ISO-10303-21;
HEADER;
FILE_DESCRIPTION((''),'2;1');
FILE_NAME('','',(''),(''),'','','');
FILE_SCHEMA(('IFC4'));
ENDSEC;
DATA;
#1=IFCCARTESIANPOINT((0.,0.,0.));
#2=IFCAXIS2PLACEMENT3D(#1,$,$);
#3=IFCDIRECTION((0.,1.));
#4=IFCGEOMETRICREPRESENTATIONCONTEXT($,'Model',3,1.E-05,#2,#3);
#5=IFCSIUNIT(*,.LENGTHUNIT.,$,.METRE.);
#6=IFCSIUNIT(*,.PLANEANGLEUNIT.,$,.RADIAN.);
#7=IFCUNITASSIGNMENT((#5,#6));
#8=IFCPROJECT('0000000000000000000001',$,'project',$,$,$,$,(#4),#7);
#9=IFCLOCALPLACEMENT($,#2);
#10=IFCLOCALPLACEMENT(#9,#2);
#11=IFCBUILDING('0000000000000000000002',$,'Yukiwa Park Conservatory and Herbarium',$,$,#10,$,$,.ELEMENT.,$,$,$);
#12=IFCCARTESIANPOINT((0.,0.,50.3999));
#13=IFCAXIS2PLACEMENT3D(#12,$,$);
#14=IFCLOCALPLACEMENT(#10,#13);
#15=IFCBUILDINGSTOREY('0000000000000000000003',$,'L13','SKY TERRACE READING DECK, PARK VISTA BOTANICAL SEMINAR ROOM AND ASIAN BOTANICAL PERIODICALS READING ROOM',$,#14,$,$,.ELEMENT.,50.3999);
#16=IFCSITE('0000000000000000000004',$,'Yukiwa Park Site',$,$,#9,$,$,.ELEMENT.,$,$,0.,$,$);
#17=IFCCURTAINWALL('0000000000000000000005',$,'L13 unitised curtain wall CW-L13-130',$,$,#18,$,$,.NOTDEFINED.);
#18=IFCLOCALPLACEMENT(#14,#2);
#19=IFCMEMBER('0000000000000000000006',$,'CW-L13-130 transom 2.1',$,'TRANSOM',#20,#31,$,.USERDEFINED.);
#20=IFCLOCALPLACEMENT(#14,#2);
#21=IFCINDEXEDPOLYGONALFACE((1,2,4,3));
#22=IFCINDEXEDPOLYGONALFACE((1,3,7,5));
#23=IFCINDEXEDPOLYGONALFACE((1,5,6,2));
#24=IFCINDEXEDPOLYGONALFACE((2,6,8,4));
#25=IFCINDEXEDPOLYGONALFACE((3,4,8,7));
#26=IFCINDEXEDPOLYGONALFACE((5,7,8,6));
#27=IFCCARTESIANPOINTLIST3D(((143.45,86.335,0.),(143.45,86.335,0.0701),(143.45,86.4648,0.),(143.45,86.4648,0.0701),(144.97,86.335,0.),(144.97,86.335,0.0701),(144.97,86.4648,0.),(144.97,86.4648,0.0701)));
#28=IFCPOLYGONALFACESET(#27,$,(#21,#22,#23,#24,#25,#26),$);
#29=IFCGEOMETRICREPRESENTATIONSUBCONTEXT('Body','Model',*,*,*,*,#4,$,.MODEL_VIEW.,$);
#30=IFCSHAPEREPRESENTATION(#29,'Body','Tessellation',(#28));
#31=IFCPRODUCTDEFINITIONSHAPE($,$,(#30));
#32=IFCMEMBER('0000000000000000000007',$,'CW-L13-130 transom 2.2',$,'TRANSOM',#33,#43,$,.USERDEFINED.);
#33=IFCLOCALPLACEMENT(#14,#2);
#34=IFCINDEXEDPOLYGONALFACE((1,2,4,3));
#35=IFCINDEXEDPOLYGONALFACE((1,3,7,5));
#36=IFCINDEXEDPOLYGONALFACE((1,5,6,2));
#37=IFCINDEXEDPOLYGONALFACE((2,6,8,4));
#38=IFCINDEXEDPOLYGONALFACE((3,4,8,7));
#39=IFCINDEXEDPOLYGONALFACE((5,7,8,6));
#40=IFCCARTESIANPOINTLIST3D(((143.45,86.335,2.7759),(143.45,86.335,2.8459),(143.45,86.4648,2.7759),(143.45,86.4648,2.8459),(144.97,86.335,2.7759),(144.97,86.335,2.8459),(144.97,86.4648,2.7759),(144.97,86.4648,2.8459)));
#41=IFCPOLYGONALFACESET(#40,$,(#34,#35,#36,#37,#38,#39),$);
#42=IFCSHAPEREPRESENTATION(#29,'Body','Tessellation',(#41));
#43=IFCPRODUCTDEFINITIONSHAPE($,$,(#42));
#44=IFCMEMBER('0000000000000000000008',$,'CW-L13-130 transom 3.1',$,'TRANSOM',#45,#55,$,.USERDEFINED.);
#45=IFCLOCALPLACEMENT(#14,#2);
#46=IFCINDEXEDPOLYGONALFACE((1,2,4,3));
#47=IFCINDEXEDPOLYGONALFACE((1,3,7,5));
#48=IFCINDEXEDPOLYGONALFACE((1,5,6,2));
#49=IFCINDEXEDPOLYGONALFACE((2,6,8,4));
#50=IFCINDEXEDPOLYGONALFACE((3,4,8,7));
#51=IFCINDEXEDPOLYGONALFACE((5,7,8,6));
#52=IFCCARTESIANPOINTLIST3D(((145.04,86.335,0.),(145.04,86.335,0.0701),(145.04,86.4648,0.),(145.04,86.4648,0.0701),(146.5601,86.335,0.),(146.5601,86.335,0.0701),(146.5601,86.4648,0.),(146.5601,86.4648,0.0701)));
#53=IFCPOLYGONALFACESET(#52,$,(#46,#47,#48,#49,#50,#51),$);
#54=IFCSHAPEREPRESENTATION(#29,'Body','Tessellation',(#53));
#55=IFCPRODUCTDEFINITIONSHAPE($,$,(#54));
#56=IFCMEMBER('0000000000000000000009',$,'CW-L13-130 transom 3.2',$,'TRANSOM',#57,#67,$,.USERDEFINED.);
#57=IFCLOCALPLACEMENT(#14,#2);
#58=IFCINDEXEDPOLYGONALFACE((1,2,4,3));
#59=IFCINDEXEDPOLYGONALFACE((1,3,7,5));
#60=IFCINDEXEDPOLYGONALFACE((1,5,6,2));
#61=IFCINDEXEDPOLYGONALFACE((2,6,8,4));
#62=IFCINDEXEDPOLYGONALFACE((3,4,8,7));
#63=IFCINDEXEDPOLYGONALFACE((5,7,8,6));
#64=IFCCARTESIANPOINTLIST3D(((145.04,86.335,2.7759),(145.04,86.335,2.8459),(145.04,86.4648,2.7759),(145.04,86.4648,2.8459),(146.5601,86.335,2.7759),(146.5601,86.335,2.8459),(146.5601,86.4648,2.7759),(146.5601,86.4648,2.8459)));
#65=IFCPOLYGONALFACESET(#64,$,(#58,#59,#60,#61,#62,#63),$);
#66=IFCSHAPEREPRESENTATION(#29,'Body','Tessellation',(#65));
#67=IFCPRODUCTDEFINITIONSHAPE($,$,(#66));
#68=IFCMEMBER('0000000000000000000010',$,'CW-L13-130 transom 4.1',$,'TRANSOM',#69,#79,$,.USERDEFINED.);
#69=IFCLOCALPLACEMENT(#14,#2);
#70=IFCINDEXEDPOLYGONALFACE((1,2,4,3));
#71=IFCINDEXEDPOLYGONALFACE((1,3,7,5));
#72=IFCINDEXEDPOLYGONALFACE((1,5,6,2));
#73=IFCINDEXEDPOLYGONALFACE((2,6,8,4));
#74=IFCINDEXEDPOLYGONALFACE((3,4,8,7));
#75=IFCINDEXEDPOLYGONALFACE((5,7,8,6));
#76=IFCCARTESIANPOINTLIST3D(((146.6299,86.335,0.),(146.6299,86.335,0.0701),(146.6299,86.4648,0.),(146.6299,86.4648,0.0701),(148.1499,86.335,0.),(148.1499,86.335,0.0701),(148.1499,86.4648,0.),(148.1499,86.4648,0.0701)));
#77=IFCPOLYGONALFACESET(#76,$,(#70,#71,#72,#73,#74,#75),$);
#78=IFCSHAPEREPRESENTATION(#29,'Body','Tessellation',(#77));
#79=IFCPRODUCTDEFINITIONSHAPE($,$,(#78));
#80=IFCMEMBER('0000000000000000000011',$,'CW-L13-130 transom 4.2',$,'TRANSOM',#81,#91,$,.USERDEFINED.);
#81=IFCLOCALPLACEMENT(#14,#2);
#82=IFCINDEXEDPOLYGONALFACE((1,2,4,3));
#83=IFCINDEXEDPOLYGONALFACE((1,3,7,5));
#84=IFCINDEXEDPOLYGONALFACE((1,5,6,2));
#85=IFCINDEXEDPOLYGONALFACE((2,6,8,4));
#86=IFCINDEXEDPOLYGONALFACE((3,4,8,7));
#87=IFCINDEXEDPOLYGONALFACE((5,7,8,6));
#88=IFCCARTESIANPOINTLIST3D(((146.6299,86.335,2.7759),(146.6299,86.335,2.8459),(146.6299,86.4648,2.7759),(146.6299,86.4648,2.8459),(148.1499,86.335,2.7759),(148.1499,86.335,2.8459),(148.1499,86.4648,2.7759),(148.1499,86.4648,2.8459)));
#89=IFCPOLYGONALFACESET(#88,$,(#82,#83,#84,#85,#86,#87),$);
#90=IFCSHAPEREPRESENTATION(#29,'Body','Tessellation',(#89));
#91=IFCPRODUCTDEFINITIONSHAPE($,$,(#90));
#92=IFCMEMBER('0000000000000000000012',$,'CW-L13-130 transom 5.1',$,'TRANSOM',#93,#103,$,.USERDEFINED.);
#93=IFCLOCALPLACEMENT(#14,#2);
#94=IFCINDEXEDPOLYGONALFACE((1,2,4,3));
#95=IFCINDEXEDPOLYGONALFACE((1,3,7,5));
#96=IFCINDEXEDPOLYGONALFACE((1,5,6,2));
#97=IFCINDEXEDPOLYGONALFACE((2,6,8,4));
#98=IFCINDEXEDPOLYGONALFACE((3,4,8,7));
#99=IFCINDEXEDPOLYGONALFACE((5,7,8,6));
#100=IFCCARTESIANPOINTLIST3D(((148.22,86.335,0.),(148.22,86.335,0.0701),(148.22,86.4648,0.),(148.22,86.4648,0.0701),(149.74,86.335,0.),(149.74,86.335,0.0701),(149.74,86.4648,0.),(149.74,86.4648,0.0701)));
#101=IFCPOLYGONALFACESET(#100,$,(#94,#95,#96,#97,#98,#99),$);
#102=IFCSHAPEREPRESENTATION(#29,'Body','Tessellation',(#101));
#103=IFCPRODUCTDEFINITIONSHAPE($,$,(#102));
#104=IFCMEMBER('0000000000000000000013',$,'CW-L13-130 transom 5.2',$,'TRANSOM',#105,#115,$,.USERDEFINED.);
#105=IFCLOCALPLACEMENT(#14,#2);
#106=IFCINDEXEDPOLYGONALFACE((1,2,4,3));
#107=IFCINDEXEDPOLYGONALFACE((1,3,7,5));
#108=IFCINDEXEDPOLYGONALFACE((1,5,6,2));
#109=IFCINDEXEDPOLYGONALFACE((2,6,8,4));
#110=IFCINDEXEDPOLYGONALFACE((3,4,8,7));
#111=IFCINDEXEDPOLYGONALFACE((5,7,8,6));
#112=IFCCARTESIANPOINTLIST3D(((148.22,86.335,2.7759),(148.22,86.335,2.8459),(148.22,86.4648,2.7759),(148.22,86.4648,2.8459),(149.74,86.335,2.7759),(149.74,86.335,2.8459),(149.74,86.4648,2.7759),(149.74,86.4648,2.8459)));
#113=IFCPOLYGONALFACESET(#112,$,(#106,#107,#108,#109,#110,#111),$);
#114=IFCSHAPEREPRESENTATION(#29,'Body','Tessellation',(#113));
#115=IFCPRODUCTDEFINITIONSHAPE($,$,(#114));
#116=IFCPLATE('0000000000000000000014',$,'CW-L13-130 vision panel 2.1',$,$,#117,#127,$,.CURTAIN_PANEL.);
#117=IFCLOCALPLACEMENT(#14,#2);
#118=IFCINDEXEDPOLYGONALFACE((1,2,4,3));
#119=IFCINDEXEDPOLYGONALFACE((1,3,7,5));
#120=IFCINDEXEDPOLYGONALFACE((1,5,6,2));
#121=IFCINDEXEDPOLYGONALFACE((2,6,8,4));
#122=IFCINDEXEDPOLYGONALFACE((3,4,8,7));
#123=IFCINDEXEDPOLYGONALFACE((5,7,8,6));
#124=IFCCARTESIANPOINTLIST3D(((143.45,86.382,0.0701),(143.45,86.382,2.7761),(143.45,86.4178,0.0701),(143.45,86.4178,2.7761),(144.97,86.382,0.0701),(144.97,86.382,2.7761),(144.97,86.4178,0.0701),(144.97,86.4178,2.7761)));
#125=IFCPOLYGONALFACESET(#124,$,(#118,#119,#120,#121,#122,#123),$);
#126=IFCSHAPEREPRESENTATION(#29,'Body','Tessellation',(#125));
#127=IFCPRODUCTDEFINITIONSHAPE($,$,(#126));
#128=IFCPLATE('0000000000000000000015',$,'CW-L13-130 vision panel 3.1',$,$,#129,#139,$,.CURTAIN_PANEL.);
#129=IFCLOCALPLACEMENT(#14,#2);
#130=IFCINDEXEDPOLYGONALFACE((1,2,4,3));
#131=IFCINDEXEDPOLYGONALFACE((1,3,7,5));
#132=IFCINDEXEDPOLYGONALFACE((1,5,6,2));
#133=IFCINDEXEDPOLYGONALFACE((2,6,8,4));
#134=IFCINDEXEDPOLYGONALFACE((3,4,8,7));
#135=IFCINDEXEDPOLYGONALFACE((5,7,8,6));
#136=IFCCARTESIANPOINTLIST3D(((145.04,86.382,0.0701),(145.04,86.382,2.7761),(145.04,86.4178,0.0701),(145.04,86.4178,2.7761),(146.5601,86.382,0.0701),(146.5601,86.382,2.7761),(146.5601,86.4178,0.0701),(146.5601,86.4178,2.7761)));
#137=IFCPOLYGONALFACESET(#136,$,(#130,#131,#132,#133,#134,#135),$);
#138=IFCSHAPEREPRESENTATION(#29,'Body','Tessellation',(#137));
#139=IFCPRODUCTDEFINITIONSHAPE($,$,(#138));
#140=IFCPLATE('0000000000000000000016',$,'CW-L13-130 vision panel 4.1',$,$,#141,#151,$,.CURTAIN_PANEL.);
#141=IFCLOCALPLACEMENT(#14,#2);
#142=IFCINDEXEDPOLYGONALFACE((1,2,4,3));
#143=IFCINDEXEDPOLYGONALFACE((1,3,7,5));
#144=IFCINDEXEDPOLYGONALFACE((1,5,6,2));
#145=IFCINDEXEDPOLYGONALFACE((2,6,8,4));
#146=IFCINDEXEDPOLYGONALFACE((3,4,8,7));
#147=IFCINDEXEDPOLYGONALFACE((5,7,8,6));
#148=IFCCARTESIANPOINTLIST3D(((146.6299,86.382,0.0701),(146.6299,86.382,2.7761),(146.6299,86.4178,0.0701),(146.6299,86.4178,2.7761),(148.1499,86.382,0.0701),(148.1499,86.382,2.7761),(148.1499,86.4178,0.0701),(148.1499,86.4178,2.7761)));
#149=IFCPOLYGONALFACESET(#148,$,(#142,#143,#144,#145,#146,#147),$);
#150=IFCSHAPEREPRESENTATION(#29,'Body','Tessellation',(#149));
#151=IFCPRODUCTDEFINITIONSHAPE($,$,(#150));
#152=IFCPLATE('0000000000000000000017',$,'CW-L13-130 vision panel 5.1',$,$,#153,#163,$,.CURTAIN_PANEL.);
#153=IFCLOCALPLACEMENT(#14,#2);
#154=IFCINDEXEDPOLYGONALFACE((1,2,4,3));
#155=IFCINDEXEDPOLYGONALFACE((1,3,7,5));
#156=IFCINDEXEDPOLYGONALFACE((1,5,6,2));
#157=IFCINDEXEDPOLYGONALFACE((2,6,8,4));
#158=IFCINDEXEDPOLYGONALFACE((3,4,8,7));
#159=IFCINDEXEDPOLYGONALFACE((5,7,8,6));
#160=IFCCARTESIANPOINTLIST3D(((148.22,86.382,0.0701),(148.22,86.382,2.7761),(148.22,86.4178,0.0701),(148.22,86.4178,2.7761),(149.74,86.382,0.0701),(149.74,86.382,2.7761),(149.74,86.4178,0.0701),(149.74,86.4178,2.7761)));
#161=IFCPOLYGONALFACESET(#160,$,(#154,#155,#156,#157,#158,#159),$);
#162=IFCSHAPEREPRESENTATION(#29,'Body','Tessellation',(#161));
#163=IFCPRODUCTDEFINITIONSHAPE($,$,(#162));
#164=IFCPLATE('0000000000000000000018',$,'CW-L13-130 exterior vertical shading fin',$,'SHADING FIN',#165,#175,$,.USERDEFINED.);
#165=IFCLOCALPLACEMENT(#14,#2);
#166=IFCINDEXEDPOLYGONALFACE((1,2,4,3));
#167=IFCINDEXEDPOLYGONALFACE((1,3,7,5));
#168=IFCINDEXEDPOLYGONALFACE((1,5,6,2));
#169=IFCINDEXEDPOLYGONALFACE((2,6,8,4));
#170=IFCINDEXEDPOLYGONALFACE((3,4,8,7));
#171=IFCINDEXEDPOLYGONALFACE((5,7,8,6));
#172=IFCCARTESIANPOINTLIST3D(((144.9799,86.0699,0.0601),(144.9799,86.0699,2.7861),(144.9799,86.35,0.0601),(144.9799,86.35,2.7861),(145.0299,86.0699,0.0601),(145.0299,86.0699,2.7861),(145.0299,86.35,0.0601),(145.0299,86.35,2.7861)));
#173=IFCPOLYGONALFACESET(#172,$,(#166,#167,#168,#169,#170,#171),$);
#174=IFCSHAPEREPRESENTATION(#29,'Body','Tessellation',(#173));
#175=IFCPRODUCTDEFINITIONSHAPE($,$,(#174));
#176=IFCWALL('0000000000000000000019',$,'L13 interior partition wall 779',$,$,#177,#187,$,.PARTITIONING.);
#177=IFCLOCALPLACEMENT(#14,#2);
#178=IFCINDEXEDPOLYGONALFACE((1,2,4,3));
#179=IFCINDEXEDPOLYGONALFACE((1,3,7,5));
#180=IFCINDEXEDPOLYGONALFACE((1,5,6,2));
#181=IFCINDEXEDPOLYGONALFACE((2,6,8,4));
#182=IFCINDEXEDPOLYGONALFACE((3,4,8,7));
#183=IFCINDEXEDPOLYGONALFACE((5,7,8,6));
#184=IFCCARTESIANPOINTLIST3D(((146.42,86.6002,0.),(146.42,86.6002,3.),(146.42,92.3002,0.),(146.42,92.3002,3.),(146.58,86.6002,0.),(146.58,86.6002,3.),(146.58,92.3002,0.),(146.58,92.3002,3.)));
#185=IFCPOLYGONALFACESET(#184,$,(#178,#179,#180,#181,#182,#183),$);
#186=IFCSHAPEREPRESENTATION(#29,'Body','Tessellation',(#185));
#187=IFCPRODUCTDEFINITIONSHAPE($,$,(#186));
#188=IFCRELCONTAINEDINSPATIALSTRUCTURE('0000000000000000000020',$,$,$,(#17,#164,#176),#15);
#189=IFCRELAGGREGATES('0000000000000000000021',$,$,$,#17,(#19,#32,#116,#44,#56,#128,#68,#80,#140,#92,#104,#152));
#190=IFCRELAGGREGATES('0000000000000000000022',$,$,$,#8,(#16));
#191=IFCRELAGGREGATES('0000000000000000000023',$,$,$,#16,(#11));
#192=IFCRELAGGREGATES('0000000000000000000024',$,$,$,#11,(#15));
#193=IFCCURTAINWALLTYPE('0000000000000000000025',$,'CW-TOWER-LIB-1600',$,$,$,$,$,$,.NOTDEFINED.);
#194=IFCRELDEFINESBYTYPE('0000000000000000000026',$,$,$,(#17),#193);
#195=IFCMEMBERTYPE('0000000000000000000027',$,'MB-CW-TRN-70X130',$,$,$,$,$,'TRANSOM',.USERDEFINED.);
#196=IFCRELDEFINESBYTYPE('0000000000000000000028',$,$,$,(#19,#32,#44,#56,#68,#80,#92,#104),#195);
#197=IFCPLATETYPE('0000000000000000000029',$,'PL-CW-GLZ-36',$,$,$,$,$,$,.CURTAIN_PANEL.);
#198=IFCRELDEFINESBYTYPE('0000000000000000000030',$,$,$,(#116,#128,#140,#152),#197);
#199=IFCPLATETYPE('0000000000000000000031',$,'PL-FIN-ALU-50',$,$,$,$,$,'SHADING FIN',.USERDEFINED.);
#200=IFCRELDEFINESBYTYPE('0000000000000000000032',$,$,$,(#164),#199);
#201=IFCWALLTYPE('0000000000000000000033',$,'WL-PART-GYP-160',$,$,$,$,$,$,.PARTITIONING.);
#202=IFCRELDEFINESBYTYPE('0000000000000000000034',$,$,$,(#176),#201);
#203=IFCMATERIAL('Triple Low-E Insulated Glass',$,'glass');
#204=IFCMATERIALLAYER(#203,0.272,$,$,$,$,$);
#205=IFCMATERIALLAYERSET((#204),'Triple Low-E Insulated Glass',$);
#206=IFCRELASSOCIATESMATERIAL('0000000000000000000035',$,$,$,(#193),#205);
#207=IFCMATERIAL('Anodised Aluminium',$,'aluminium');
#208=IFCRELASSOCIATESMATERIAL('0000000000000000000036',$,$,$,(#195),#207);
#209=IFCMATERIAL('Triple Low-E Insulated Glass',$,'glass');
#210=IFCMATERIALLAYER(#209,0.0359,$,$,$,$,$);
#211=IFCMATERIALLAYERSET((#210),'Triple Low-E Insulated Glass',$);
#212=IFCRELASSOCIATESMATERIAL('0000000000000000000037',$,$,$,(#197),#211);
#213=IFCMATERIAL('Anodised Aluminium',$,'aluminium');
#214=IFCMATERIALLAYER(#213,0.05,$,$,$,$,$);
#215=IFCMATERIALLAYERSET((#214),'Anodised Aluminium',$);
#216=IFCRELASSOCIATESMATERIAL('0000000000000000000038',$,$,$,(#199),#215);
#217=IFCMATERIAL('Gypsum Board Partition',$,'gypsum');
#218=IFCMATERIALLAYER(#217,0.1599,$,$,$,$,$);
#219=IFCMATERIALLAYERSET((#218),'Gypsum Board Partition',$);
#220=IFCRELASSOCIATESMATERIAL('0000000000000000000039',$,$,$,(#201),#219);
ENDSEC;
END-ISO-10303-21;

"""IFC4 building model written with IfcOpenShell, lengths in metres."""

from ifc_helpers import new_model, si_unit, direction, frame, frame_2d, origin, origin_2d, place, context, subcontext, project, spatial, rectangle, extrude, material, layer, layer_set, type_object, element, aggregate, save


model = new_model("IFC4")

# Units and contexts
model_context = context("Model", 3, precision=1e-05, world=origin(), true_north=direction((0.0, 1.0)))
body_context = subcontext(model_context, "Body", "Model", "MODEL_VIEW")
ifc_project = project(units=[si_unit("LENGTHUNIT", "METRE"), si_unit("PLANEANGLEUNIT", "RADIAN")], contexts=[model_context])

# Site, building, storey
site_placement = place(None, origin())
site = spatial("IfcSite", under=ifc_project, at=site_placement, Name="Yukiwa Park Site", CompositionType="ELEMENT", RefElevation=0.0)
building_placement = place(site_placement, origin())
building = spatial("IfcBuilding", under=site, at=building_placement, Name="Yukiwa Park Conservatory and Herbarium", CompositionType="ELEMENT")
storey_placement = place(building_placement, frame((0.0, 0.0, 50.3999)))
storey = spatial("IfcBuildingStorey", under=building, at=storey_placement, Name="L13", Description="SKY TERRACE READING DECK, PARK VISTA BOTANICAL SEMINAR ROOM AND ASIAN BOTANICAL PERIODICALS READING ROOM", CompositionType="ELEMENT", Elevation=50.3999)

# Curtain wall, members, plates
ifc_material_1 = material(Name="Triple Low-E Insulated Glass", Category="glass")
ifc_layer_1 = layer(ifc_material_1, 0.272)
ifc_layer_set_1 = layer_set([ifc_layer_1], Name="Triple Low-E Insulated Glass")
curtain_wall_type = type_object("IfcCurtainWallType", Name="CW-TOWER-LIB-1600", PredefinedType="NOTDEFINED", material=ifc_layer_set_1)
curtain_wall_placement = place(storey_placement, origin())
curtain_wall = element("IfcCurtainWall", 1, at=curtain_wall_placement, inside=storey, type_object=curtain_wall_type, Name="L13 unitised curtain wall CW-L13-130", PredefinedType="NOTDEFINED")
ifc_material_2 = material(Name="Anodised Aluminium", Category="aluminium")
member_type_1 = type_object("IfcMemberType", Name="MB-CW-TRN-70X130", ElementType="TRANSOM", PredefinedType="USERDEFINED", material=ifc_material_2)
member_1_placement = place(storey_placement, frame((144.21, 86.3999, 0.0), z_axis=(0.0, 0.0, 1.0), x_axis=(1.0, 0.0, 0.0)))
member_1 = element("IfcMember", 2, at=member_1_placement, type_object=member_type_1, Name="CW-L13-130 transom 2.1", ObjectType="TRANSOM", PredefinedType="USERDEFINED", context=body_context, shape_type="SweptSolid", body=[
    extrude(rectangle(XDim=1.52, YDim=0.1299, at=origin_2d()), origin(), (0.0, 0.0, 1.0), 0.0701),
])
member_2_placement = place(storey_placement, frame((144.21, 86.3999, 2.7759), z_axis=(0.0, 0.0, 1.0), x_axis=(1.0, 0.0, 0.0)))
member_2 = element("IfcMember", 3, at=member_2_placement, type_object=member_type_1, Name="CW-L13-130 transom 2.2", ObjectType="TRANSOM", PredefinedType="USERDEFINED", context=body_context, shape_type="SweptSolid", body=[
    extrude(rectangle(XDim=1.52, YDim=0.1299, at=origin_2d()), origin(), (0.0, 0.0, 1.0), 0.0701),
])
member_3_placement = place(storey_placement, frame((145.8, 86.3999, 0.0), z_axis=(0.0, 0.0, 1.0), x_axis=(1.0, 0.0, 0.0)))
member_3 = element("IfcMember", 4, at=member_3_placement, type_object=member_type_1, Name="CW-L13-130 transom 3.1", ObjectType="TRANSOM", PredefinedType="USERDEFINED", context=body_context, shape_type="SweptSolid", body=[
    extrude(rectangle(XDim=1.52, YDim=0.1299, at=origin_2d()), origin(), (0.0, 0.0, 1.0), 0.0701),
])
member_4_placement = place(storey_placement, frame((145.8, 86.3999, 2.7759), z_axis=(0.0, 0.0, 1.0), x_axis=(1.0, 0.0, 0.0)))
member_4 = element("IfcMember", 5, at=member_4_placement, type_object=member_type_1, Name="CW-L13-130 transom 3.2", ObjectType="TRANSOM", PredefinedType="USERDEFINED", context=body_context, shape_type="SweptSolid", body=[
    extrude(rectangle(XDim=1.52, YDim=0.1299, at=origin_2d()), origin(), (0.0, 0.0, 1.0), 0.0701),
])
member_5_placement = place(storey_placement, frame((147.3899, 86.3999, 0.0), z_axis=(0.0, 0.0, 1.0), x_axis=(1.0, 0.0, 0.0)))
member_5 = element("IfcMember", 6, at=member_5_placement, type_object=member_type_1, Name="CW-L13-130 transom 4.1", ObjectType="TRANSOM", PredefinedType="USERDEFINED", context=body_context, shape_type="SweptSolid", body=[
    extrude(rectangle(XDim=1.52, YDim=0.1299, at=origin_2d()), origin(), (0.0, 0.0, 1.0), 0.0701),
])
member_6_placement = place(storey_placement, frame((147.3899, 86.3999, 2.7759), z_axis=(0.0, 0.0, 1.0), x_axis=(1.0, 0.0, 0.0)))
member_6 = element("IfcMember", 7, at=member_6_placement, type_object=member_type_1, Name="CW-L13-130 transom 4.2", ObjectType="TRANSOM", PredefinedType="USERDEFINED", context=body_context, shape_type="SweptSolid", body=[
    extrude(rectangle(XDim=1.52, YDim=0.1299, at=origin_2d()), origin(), (0.0, 0.0, 1.0), 0.0701),
])
member_7_placement = place(storey_placement, frame((148.98, 86.3999, 0.0), z_axis=(0.0, 0.0, 1.0), x_axis=(1.0, 0.0, 0.0)))
member_7 = element("IfcMember", 8, at=member_7_placement, type_object=member_type_1, Name="CW-L13-130 transom 5.1", ObjectType="TRANSOM", PredefinedType="USERDEFINED", context=body_context, shape_type="SweptSolid", body=[
    extrude(rectangle(XDim=1.52, YDim=0.1299, at=origin_2d()), origin(), (0.0, 0.0, 1.0), 0.0701),
])
member_8_placement = place(storey_placement, frame((148.98, 86.3999, 2.7759), z_axis=(0.0, 0.0, 1.0), x_axis=(1.0, 0.0, 0.0)))
member_8 = element("IfcMember", 9, at=member_8_placement, type_object=member_type_1, Name="CW-L13-130 transom 5.2", ObjectType="TRANSOM", PredefinedType="USERDEFINED", context=body_context, shape_type="SweptSolid", body=[
    extrude(rectangle(XDim=1.52, YDim=0.1299, at=origin_2d()), origin(), (0.0, 0.0, 1.0), 0.0701),
])
ifc_material_3 = material(Name="Triple Low-E Insulated Glass", Category="glass")
ifc_layer_2 = layer(ifc_material_3, 0.0359)
ifc_layer_set_2 = layer_set([ifc_layer_2], Name="Triple Low-E Insulated Glass")
plate_type_1 = type_object("IfcPlateType", Name="PL-CW-GLZ-36", PredefinedType="CURTAIN_PANEL", material=ifc_layer_set_2)
plate_1_placement = place(storey_placement, frame((144.21, 86.3999, 0.0701), z_axis=(0.0, 0.0, 1.0), x_axis=(1.0, 0.0, 0.0)))
plate_1 = element("IfcPlate", 10, at=plate_1_placement, type_object=plate_type_1, Name="CW-L13-130 vision panel 2.1", PredefinedType="CURTAIN_PANEL", context=body_context, shape_type="SweptSolid", body=[
    extrude(rectangle(XDim=1.52, YDim=0.0359, at=origin_2d()), origin(), (0.0, 0.0, 1.0), 2.7061),
])
plate_2_placement = place(storey_placement, frame((145.8, 86.3999, 0.0701), z_axis=(0.0, 0.0, 1.0), x_axis=(1.0, 0.0, 0.0)))
plate_2 = element("IfcPlate", 11, at=plate_2_placement, type_object=plate_type_1, Name="CW-L13-130 vision panel 3.1", PredefinedType="CURTAIN_PANEL", context=body_context, shape_type="SweptSolid", body=[
    extrude(rectangle(XDim=1.52, YDim=0.0359, at=origin_2d()), origin(), (0.0, 0.0, 1.0), 2.7061),
])
plate_3_placement = place(storey_placement, frame((147.3899, 86.3999, 0.0701), z_axis=(0.0, 0.0, 1.0), x_axis=(1.0, 0.0, 0.0)))
plate_3 = element("IfcPlate", 12, at=plate_3_placement, type_object=plate_type_1, Name="CW-L13-130 vision panel 4.1", PredefinedType="CURTAIN_PANEL", context=body_context, shape_type="SweptSolid", body=[
    extrude(rectangle(XDim=1.52, YDim=0.0359, at=origin_2d()), origin(), (0.0, 0.0, 1.0), 2.7061),
])
plate_4_placement = place(storey_placement, frame((148.98, 86.3999, 0.0701), z_axis=(0.0, 0.0, 1.0), x_axis=(1.0, 0.0, 0.0)))
plate_4 = element("IfcPlate", 13, at=plate_4_placement, type_object=plate_type_1, Name="CW-L13-130 vision panel 5.1", PredefinedType="CURTAIN_PANEL", context=body_context, shape_type="SweptSolid", body=[
    extrude(rectangle(XDim=1.52, YDim=0.0359, at=origin_2d()), origin(), (0.0, 0.0, 1.0), 2.7061),
])
aggregate(curtain_wall, [member_1, member_2, plate_1, member_3, member_4, plate_2, member_5, member_6, plate_3, member_7, member_8, plate_4])

# Plate
ifc_material_4 = material(Name="Anodised Aluminium", Category="aluminium")
ifc_layer_3 = layer(ifc_material_4, 0.05)
ifc_layer_set_3 = layer_set([ifc_layer_3], Name="Anodised Aluminium")
plate_type_2 = type_object("IfcPlateType", Name="PL-FIN-ALU-50", ElementType="SHADING FIN", PredefinedType="USERDEFINED", material=ifc_layer_set_3)
plate_5_placement = place(storey_placement, frame((145.0049, 86.21, 0.0601), z_axis=(0.0, 0.0, 1.0), x_axis=(1.0, 0.0, 0.0)))
element("IfcPlate", 14, at=plate_5_placement, inside=storey, type_object=plate_type_2, Name="CW-L13-130 exterior vertical shading fin", ObjectType="SHADING FIN", PredefinedType="USERDEFINED", context=body_context, shape_type="SweptSolid", body=[
    extrude(rectangle(XDim=0.05, YDim=0.28, at=origin_2d()), origin(), (0.0, 0.0, 1.0), 2.7261),
])

# Wall
ifc_material_5 = material(Name="Gypsum Board Partition", Category="gypsum")
ifc_layer_4 = layer(ifc_material_5, 0.1599)
ifc_layer_set_4 = layer_set([ifc_layer_4], Name="Gypsum Board Partition")
wall_type = type_object("IfcWallType", Name="WL-PART-GYP-160", PredefinedType="PARTITIONING", material=ifc_layer_set_4)
wall_placement = place(storey_placement, frame((146.5, 86.6001, 0.0), z_axis=(0.0, 0.0, 1.0), x_axis=(0.0, 1.0, 0.0)))
element("IfcWall", 15, at=wall_placement, inside=storey, type_object=wall_type, Name="L13 interior partition wall 779", PredefinedType="PARTITIONING", context=body_context, shape_type="SweptSolid", body=[
    extrude(rectangle(XDim=5.7, YDim=0.1599, at=frame_2d((2.8501, 0.0))), origin(), (0.0, 0.0, 1.0), 3.0),
])

save(model, "model.ifc")
